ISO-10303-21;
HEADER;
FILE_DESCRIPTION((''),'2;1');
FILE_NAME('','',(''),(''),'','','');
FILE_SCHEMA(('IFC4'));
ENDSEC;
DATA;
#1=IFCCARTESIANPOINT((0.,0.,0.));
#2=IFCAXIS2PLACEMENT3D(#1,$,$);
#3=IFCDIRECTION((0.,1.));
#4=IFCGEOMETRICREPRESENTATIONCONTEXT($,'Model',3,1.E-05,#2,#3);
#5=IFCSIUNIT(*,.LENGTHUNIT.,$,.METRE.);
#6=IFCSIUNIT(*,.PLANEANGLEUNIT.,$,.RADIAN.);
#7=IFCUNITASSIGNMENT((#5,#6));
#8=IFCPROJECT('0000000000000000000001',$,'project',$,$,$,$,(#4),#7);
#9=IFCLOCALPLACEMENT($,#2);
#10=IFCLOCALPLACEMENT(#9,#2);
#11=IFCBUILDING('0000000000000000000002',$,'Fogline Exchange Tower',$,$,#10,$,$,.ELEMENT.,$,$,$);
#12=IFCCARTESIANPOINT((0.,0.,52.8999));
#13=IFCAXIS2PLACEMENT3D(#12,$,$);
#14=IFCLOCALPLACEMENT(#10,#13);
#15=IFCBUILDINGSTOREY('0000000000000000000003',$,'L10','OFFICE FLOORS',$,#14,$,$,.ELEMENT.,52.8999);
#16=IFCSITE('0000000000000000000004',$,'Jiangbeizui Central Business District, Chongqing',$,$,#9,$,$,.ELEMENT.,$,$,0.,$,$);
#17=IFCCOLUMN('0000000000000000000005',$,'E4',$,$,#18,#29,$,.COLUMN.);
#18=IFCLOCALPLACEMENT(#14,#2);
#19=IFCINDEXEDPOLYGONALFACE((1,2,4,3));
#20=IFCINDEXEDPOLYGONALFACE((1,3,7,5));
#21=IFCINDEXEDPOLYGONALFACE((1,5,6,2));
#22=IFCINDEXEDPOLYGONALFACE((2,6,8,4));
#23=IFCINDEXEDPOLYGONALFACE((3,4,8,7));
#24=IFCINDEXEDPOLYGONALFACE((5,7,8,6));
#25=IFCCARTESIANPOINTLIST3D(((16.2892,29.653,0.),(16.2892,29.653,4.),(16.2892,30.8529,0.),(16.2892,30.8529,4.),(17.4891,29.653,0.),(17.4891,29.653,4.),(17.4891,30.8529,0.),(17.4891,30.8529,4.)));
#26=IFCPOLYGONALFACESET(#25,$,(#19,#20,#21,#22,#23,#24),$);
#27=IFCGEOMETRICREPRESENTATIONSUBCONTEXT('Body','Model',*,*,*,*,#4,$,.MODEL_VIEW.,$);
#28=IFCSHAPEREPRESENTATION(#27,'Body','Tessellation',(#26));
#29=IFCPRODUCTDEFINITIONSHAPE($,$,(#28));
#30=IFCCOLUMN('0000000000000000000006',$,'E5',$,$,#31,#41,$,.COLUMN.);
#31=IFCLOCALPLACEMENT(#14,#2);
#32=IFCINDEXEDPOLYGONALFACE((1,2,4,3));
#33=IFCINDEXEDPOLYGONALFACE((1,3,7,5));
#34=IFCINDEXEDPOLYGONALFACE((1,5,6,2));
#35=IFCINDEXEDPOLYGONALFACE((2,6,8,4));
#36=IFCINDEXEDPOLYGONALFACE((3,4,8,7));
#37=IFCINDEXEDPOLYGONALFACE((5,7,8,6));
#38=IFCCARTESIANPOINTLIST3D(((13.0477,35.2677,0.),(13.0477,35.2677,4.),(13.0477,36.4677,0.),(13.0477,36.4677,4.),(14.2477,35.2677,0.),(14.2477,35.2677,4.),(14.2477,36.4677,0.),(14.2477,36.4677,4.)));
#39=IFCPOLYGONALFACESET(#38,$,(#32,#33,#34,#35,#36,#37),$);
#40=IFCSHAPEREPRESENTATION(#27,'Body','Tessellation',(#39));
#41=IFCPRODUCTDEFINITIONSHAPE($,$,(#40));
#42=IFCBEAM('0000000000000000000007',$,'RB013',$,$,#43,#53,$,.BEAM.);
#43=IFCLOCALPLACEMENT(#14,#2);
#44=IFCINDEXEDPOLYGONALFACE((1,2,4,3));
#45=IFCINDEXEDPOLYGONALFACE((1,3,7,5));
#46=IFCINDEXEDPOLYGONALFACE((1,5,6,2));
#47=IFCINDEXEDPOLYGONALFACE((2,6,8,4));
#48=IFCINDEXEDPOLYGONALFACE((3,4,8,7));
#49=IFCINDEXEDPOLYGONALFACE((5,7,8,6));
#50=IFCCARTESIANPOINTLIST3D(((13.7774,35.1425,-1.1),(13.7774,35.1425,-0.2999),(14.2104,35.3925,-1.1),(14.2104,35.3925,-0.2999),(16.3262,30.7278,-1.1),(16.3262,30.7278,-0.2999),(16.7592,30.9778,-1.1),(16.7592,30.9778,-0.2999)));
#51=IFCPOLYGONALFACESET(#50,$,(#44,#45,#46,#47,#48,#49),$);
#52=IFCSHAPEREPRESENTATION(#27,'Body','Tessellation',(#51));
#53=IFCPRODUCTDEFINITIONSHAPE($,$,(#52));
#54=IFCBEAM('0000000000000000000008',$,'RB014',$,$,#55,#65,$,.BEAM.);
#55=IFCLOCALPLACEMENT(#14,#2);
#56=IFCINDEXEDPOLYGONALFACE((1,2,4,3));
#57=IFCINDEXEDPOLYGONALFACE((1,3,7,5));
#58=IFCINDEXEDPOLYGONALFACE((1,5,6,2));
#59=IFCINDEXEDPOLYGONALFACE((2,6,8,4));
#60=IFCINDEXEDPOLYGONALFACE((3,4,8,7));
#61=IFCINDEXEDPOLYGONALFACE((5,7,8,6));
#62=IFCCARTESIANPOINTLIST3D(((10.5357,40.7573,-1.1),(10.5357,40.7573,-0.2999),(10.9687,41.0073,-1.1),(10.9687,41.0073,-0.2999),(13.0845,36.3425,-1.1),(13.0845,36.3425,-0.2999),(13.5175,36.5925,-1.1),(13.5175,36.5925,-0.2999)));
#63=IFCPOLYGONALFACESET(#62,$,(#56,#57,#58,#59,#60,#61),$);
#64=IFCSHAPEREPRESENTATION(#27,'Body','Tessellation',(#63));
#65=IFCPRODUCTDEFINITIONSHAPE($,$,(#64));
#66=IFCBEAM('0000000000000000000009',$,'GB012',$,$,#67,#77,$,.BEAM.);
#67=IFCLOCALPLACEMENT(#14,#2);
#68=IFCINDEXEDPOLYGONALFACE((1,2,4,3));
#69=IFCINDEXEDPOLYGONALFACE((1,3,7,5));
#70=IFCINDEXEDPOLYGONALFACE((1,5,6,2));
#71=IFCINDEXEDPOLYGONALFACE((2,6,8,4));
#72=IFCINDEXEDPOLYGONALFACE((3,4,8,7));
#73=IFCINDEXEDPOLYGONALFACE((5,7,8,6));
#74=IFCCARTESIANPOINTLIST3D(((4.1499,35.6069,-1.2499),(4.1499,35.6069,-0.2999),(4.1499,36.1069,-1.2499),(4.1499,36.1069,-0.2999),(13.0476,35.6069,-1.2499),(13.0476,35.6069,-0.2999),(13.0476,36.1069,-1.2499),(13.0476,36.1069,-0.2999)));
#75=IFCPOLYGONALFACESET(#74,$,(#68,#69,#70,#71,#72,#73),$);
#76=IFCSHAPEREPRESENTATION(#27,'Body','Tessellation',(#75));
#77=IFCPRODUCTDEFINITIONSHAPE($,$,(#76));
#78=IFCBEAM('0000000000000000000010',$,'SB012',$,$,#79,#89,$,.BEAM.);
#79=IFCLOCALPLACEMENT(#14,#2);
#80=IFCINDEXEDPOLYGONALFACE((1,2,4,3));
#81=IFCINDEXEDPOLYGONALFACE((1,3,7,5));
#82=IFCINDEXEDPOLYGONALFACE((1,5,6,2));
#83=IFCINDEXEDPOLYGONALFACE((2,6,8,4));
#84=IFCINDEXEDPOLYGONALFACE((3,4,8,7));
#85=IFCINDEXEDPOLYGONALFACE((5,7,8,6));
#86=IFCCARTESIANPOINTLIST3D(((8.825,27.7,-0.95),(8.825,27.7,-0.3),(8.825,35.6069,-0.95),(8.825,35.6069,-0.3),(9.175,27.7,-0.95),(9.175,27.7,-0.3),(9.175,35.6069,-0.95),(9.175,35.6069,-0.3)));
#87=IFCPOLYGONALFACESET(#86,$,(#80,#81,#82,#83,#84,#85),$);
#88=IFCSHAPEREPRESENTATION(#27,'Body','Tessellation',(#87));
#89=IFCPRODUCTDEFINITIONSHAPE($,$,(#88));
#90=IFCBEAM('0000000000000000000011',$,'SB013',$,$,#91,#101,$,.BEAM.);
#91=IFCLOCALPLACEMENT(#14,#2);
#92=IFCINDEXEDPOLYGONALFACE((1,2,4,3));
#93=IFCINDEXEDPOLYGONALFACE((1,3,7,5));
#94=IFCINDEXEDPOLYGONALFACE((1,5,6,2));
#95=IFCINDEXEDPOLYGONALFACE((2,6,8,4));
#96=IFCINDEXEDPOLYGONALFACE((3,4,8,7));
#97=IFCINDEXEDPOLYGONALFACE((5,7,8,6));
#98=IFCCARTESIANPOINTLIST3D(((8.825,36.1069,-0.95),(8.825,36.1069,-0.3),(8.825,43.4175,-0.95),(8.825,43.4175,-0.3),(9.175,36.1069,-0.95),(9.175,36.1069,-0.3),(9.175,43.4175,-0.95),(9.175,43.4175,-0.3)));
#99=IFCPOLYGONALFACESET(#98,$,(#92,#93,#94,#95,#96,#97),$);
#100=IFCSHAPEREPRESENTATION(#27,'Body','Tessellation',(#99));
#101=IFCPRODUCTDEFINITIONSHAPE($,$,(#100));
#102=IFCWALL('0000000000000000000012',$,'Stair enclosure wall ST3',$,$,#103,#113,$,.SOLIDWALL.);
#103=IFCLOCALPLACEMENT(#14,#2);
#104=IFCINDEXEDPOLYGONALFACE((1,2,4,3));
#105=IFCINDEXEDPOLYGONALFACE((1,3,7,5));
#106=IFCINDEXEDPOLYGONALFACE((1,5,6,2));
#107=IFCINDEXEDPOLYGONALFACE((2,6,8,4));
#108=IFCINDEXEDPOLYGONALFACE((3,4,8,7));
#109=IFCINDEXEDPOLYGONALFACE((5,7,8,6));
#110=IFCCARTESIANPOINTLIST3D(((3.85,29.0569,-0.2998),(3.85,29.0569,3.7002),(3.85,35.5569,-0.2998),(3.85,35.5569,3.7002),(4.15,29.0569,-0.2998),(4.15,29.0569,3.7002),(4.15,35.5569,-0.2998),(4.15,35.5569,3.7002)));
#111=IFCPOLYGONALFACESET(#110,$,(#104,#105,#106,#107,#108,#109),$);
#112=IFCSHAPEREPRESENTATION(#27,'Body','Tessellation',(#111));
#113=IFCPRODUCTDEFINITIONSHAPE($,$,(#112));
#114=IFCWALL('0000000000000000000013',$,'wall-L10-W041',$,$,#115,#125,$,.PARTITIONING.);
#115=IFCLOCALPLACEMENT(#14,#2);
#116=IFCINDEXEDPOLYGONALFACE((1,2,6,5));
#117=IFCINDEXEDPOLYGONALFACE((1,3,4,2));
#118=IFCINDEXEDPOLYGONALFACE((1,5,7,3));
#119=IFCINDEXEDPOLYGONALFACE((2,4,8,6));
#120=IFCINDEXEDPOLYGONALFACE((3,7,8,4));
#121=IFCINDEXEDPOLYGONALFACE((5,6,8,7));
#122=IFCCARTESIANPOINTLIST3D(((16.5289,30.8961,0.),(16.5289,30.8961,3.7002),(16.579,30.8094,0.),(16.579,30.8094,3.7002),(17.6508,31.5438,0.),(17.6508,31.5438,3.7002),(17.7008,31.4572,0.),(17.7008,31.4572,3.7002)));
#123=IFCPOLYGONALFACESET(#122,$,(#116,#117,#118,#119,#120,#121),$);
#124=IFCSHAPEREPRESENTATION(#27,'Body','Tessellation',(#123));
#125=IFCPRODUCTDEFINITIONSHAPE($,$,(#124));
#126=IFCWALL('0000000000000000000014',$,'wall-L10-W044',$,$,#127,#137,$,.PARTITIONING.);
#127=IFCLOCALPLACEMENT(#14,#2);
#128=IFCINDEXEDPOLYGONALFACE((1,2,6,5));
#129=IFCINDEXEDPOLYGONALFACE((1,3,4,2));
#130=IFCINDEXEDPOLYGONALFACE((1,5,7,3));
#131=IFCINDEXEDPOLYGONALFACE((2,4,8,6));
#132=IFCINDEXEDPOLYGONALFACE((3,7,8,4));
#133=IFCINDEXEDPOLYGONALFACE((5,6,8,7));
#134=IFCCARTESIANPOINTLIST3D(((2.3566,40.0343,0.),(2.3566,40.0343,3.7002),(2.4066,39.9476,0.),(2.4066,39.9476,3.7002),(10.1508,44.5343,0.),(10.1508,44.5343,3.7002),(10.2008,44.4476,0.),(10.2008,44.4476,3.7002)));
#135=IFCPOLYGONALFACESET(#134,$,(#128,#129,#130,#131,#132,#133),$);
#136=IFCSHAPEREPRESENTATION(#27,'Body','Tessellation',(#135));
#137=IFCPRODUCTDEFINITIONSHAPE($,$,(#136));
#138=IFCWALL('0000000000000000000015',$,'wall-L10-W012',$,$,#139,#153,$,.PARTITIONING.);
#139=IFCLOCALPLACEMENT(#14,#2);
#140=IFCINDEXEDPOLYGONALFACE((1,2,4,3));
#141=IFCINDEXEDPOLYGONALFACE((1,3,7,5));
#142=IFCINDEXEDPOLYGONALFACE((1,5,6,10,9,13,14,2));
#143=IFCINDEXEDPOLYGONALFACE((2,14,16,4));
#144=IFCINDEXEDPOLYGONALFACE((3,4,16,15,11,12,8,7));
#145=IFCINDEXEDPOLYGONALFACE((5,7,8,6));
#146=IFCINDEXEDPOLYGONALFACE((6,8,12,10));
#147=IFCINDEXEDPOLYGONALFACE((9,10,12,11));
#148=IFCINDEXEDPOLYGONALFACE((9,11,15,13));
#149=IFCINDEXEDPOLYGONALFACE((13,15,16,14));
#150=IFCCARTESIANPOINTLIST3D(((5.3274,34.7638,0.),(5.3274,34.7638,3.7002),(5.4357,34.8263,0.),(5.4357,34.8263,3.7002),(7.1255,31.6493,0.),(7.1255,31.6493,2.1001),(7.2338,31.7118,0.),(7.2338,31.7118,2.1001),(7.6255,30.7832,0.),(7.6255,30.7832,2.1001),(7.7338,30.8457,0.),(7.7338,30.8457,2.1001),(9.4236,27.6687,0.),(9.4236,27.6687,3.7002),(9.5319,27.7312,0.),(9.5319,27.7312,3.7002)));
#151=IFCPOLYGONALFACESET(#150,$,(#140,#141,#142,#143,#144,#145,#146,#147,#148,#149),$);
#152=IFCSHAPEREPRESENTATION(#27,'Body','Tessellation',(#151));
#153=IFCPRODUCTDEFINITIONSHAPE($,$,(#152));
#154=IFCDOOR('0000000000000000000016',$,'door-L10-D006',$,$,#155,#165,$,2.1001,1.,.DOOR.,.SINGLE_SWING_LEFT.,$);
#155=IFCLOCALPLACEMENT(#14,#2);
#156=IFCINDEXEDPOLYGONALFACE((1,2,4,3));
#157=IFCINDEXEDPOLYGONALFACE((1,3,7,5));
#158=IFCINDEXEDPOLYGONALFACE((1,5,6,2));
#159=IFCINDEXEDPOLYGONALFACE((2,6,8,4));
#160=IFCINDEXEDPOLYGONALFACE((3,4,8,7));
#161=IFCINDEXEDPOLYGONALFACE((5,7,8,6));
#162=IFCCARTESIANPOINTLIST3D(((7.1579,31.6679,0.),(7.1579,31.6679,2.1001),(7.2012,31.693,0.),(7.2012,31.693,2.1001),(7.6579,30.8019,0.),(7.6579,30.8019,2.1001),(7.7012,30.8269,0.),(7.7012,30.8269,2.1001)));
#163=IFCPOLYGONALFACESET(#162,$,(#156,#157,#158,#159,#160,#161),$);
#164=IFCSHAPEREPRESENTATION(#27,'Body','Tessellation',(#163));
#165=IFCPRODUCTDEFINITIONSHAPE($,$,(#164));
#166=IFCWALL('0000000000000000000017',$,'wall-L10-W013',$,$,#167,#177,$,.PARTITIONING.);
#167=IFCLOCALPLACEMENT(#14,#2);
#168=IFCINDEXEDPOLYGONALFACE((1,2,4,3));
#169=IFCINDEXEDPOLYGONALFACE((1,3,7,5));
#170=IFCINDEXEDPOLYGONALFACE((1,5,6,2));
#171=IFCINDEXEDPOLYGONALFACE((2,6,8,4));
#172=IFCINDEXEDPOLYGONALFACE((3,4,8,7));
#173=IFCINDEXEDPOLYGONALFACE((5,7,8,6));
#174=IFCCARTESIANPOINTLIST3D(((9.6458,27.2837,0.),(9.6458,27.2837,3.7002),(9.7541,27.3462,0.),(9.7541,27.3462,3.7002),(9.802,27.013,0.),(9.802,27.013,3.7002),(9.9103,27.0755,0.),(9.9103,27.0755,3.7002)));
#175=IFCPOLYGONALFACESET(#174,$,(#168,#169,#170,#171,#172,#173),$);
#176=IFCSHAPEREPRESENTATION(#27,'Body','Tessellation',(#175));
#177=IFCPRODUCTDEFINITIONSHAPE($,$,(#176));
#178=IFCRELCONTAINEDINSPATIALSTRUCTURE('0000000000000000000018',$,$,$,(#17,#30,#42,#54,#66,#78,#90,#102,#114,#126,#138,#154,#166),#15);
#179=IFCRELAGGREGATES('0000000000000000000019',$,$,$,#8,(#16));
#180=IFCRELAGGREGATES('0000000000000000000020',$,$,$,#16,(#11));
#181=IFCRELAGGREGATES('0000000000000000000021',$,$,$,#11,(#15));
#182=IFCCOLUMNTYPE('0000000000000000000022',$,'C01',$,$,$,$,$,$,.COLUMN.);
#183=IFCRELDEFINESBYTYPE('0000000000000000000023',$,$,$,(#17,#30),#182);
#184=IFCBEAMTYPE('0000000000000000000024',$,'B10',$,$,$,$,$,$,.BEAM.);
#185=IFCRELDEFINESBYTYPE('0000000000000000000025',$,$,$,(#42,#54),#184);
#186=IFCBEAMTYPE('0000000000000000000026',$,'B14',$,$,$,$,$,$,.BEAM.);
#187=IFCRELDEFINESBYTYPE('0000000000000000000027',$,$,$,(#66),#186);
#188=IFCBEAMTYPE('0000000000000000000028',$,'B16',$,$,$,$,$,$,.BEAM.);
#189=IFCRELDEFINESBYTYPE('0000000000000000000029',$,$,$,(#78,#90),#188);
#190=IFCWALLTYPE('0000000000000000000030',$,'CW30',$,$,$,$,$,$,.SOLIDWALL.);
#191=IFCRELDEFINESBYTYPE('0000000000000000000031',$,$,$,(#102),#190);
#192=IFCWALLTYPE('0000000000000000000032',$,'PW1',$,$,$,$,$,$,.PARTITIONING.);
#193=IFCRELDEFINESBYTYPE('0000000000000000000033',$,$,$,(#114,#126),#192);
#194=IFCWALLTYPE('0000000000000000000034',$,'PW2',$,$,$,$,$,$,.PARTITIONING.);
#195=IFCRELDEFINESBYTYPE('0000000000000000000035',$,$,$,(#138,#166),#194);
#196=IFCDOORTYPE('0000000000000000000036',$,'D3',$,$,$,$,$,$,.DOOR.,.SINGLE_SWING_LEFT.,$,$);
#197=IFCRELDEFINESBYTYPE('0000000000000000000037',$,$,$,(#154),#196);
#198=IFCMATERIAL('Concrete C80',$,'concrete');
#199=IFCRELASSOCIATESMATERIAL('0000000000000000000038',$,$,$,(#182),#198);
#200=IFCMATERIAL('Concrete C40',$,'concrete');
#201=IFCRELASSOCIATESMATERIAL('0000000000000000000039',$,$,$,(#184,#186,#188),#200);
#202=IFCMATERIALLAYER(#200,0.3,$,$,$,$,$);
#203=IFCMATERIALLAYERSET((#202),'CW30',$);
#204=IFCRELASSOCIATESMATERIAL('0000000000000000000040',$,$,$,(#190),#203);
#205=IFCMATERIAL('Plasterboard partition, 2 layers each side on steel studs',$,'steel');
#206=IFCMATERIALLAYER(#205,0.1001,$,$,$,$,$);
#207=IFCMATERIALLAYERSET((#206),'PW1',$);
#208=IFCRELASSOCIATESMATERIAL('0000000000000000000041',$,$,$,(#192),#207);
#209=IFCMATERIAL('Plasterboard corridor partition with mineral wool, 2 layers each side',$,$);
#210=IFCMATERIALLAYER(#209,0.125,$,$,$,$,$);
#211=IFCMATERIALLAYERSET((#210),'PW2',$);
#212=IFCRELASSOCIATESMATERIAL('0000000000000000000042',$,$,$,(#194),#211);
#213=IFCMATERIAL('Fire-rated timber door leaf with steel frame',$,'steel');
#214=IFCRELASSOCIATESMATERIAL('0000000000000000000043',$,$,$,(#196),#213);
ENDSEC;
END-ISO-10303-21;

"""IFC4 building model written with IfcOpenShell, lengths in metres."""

from ifc_helpers import new_model, si_unit, direction, frame, frame_2d, origin, origin_2d, place, context, subcontext, project, spatial, rectangle, extrude, material, layer, layer_set, material_profile, profile_set, type_object, element, fill, save


model = new_model("IFC4")

# Units and contexts
model_context = context("Model", 3, precision=1e-05, world=origin(), true_north=direction((0.0, 1.0)))
body_context = subcontext(model_context, "Body", "Model", "MODEL_VIEW")
ifc_project = project(units=[si_unit("LENGTHUNIT", "METRE"), si_unit("PLANEANGLEUNIT", "RADIAN")], contexts=[model_context])

# Site, building, storey
site_placement = place(None, origin())
site = spatial("IfcSite", under=ifc_project, at=site_placement, Name="Jiangbeizui Central Business District, Chongqing", CompositionType="ELEMENT", RefElevation=0.0)
building_placement = place(site_placement, origin())
building = spatial("IfcBuilding", under=site, at=building_placement, Name="Fogline Exchange Tower", CompositionType="ELEMENT")
storey_placement = place(building_placement, frame((0.0, 0.0, 52.8999)))
storey = spatial("IfcBuildingStorey", under=building, at=storey_placement, Name="L10", Description="OFFICE FLOORS", CompositionType="ELEMENT", Elevation=52.8999)

# Columns
ifc_material_1 = material(Name="Concrete C80", Category="concrete")
ifc_material_profile_1 = material_profile(ifc_material_1, rectangle(XDim=1.2, YDim=1.2, at=origin_2d()), Name="RC 1200x1200")
ifc_profile_set_1 = profile_set([ifc_material_profile_1], Name="Concrete C80")
column_type = type_object("IfcColumnType", Name="C01", PredefinedType="COLUMN", material=ifc_profile_set_1)
for number, where, z_axis, x_axis, name in (
    (1, (16.8892, 30.2529, 0.0), (0.0, 0.0, 1.0), (1.0, 0.0, 0.0), "E4"),
    (2, (13.6477, 35.8677, 0.0), (0.0, 0.0, 1.0), (1.0, 0.0, 0.0), "E5"),
):
    element("IfcColumn", number, at=place(storey_placement, frame(where, z_axis=z_axis, x_axis=x_axis)), inside=storey, type_object=column_type, Name=name, PredefinedType="COLUMN", context=body_context, shape_type="SweptSolid", body=[
        extrude(rectangle(XDim=1.2, YDim=1.2, at=origin_2d()), origin(), (0.0, 0.0, 1.0), 4.0),
    ])

# Beams
ifc_material_2 = material(Name="Concrete C40", Category="concrete")
ifc_material_profile_2 = material_profile(ifc_material_2, rectangle(XDim=0.5, YDim=0.8, at=origin_2d()), Name="RC 500x800")
ifc_profile_set_2 = profile_set([ifc_material_profile_2], Name="Concrete C40")
beam_type_1 = type_object("IfcBeamType", Name="B10", PredefinedType="BEAM", material=ifc_profile_set_2)
for number, where, z_axis, x_axis, name in (
    (3, (16.5427, 30.8528, -0.7), (-0.499992, 0.86603, 0.0), (-0.86603, -0.499992, 0.0), "RB013"),
    (4, (13.301, 36.4675, -0.7), (-0.499992, 0.86603, 0.0), (-0.86603, -0.499992, 0.0), "RB014"),
):
    element("IfcBeam", number, at=place(storey_placement, frame(where, z_axis=z_axis, x_axis=x_axis)), inside=storey, type_object=beam_type_1, Name=name, PredefinedType="BEAM", context=body_context, shape_type="SweptSolid", body=[
        extrude(rectangle(XDim=0.5, YDim=0.8, at=origin_2d()), origin(), (0.0, 0.0, 1.0), 5.0977),
    ])
ifc_material_profile_3 = material_profile(ifc_material_2, rectangle(XDim=0.5, YDim=0.95, at=origin_2d()), Name="RC 500x950")
ifc_profile_set_3 = profile_set([ifc_material_profile_3], Name="Concrete C40")
beam_type_2 = type_object("IfcBeamType", Name="B14", PredefinedType="BEAM", material=ifc_profile_set_3)
beam_1_placement = place(storey_placement, frame((4.1499, 35.8569, -0.7749), z_axis=(1.0, 0.0, 0.0), x_axis=(0.0, 1.0, 0.0)))
element("IfcBeam", 5, at=beam_1_placement, inside=storey, type_object=beam_type_2, Name="GB012", PredefinedType="BEAM", context=body_context, shape_type="SweptSolid", body=[
    extrude(rectangle(XDim=0.5, YDim=0.95, at=origin_2d()), origin(), (0.0, 0.0, 1.0), 8.8977),
])
ifc_material_profile_4 = material_profile(ifc_material_2, rectangle(XDim=0.3501, YDim=0.6499, at=origin_2d()), Name="RC 350x650")
ifc_profile_set_4 = profile_set([ifc_material_profile_4], Name="Concrete C40")
beam_type_3 = type_object("IfcBeamType", Name="B16", PredefinedType="BEAM", material=ifc_profile_set_4)
beam_2_placement = place(storey_placement, frame((9.0, 27.7, -0.625), z_axis=(0.0, 1.0, 0.0), x_axis=(-1.0, 0.0, 0.0)))
element("IfcBeam", 6, at=beam_2_placement, inside=storey, type_object=beam_type_3, Name="SB012", PredefinedType="BEAM", context=body_context, shape_type="SweptSolid", body=[
    extrude(rectangle(XDim=0.3501, YDim=0.6499, at=origin_2d()), origin(), (0.0, 0.0, 1.0), 7.907),
])
beam_3_placement = place(storey_placement, frame((9.0, 36.1069, -0.625), z_axis=(0.0, 1.0, 0.0), x_axis=(-1.0, 0.0, 0.0)))
element("IfcBeam", 7, at=beam_3_placement, inside=storey, type_object=beam_type_3, Name="SB013", PredefinedType="BEAM", context=body_context, shape_type="SweptSolid", body=[
    extrude(rectangle(XDim=0.3501, YDim=0.6499, at=origin_2d()), origin(), (0.0, 0.0, 1.0), 7.3105),
])

# Walls
ifc_layer_1 = layer(ifc_material_2, 0.3)
ifc_layer_set_1 = layer_set([ifc_layer_1], Name="CW30")
wall_type_1 = type_object("IfcWallType", Name="CW30", PredefinedType="SOLIDWALL", material=ifc_layer_set_1)
wall_1_placement = place(storey_placement, frame((4.0, 29.0569, -0.2998), z_axis=(0.0, 0.0, 1.0), x_axis=(0.0, 1.0, 0.0)))
element("IfcWall", 8, at=wall_1_placement, inside=storey, type_object=wall_type_1, Name="Stair enclosure wall ST3", PredefinedType="SOLIDWALL", context=body_context, shape_type="SweptSolid", body=[
    extrude(rectangle(XDim=6.5, YDim=0.3, at=frame_2d((3.25, 0.0))), origin(), (0.0, 0.0, 1.0), 4.0),
])
ifc_material_3 = material(Name="Plasterboard partition, 2 layers each side on steel studs", Category="steel")
ifc_layer_2 = layer(ifc_material_3, 0.1001)
ifc_layer_set_2 = layer_set([ifc_layer_2], Name="PW1")
wall_type_2 = type_object("IfcWallType", Name="PW1", PredefinedType="PARTITIONING", material=ifc_layer_set_2)
wall_2_placement = place(storey_placement, frame((16.554, 30.8528, 0.0), z_axis=(0.0, 0.0, 1.0), x_axis=(0.866019, 0.500011, 0.0)))
element("IfcWall", 9, at=wall_2_placement, inside=storey, type_object=wall_type_2, Name="wall-L10-W041", PredefinedType="PARTITIONING", context=body_context, shape_type="SweptSolid", body=[
    extrude(rectangle(XDim=1.2954, YDim=0.1001, at=frame_2d((0.6477, 0.0))), origin(), (0.0, 0.0, 1.0), 3.7002),
])
wall_3_placement = place(storey_placement, frame((2.3816, 39.991, 0.0), z_axis=(0.0, 0.0, 1.0), x_axis=(0.866024, 0.500002, 0.0)))
element("IfcWall", 10, at=wall_3_placement, inside=storey, type_object=wall_type_2, Name="wall-L10-W044", PredefinedType="PARTITIONING", context=body_context, shape_type="SweptSolid", body=[
    extrude(rectangle(XDim=9.0, YDim=0.1001, at=frame_2d((4.5, 0.0))), origin(), (0.0, 0.0, 1.0), 3.7002),
])

# Wall, opening, door
ifc_material_4 = material(Name="Plasterboard corridor partition with mineral wool, 2 layers each side")
ifc_layer_3 = layer(ifc_material_4, 0.125)
ifc_layer_set_3 = layer_set([ifc_layer_3], Name="PW2")
wall_type_3 = type_object("IfcWallType", Name="PW2", PredefinedType="PARTITIONING", material=ifc_layer_set_3)
wall_4_placement = place(storey_placement, frame((5.3816, 34.7949, 0.0), z_axis=(0.0, 0.0, 1.0), x_axis=(0.499992, -0.86603, 0.0)))
wall_4 = element("IfcWall", 11, at=wall_4_placement, inside=storey, type_object=wall_type_3, Name="wall-L10-W012", PredefinedType="PARTITIONING", context=body_context, shape_type="SweptSolid", body=[
    extrude(rectangle(XDim=8.1926, YDim=0.125, at=frame_2d((4.0962, 0.0))), origin(), (0.0, 0.0, 1.0), 3.7002),
])
opening_1_placement = place(wall_4_placement, frame((3.5962, 0.0, 0.0)))
opening_1 = element("IfcOpeningElement", 12, at=opening_1_placement, cuts=wall_4, PredefinedType="OPENING", context=body_context, shape_type="SweptSolid", body=[
    extrude(rectangle(XDim=1.0, YDim=2.1001, at=frame_2d((0.5, 1.05))), frame((0.0, 0.0725, 0.0), z_axis=(0.0, -1.0, 0.0), x_axis=(1.0, 0.0, 0.0)), (0.0, 0.0, 1.0), 0.145),
])
ifc_material_5 = material(Name="Fire-rated timber door leaf with steel frame", Category="steel")
door_type = type_object("IfcDoorType", Name="D3", OperationType="SINGLE_SWING_LEFT", PredefinedType="DOOR", material=ifc_material_5)
door_1_placement = place(opening_1_placement, origin())
door_1 = element("IfcDoor", 13, at=door_1_placement, inside=storey, type_object=door_type, Name="door-L10-D006", OperationType="SINGLE_SWING_LEFT", OverallHeight=2.1001, OverallWidth=1.0, PredefinedType="DOOR", context=body_context, shape_type="SweptSolid", body=[
    extrude(rectangle(XDim=1.0, YDim=2.1001, at=frame_2d((0.5, 1.05))), frame((0.0, 0.0249, 0.0), z_axis=(0.0, -1.0, 0.0), x_axis=(1.0, 0.0, 0.0)), (0.0, 0.0, 1.0), 0.05),
])
fill(opening_1, door_1)

# Wall
wall_5_placement = place(storey_placement, frame((9.7, 27.3149, 0.0), z_axis=(0.0, 0.0, 1.0), x_axis=(0.499835, -0.866121, 0.0)))
element("IfcWall", 14, at=wall_5_placement, inside=storey, type_object=wall_type_3, Name="wall-L10-W013", PredefinedType="PARTITIONING", context=body_context, shape_type="SweptSolid", body=[
    extrude(rectangle(XDim=0.3125, YDim=0.125, at=frame_2d((0.1562, 0.0))), origin(), (0.0, 0.0, 1.0), 3.7002),
])

save(model, "model.ifc")
